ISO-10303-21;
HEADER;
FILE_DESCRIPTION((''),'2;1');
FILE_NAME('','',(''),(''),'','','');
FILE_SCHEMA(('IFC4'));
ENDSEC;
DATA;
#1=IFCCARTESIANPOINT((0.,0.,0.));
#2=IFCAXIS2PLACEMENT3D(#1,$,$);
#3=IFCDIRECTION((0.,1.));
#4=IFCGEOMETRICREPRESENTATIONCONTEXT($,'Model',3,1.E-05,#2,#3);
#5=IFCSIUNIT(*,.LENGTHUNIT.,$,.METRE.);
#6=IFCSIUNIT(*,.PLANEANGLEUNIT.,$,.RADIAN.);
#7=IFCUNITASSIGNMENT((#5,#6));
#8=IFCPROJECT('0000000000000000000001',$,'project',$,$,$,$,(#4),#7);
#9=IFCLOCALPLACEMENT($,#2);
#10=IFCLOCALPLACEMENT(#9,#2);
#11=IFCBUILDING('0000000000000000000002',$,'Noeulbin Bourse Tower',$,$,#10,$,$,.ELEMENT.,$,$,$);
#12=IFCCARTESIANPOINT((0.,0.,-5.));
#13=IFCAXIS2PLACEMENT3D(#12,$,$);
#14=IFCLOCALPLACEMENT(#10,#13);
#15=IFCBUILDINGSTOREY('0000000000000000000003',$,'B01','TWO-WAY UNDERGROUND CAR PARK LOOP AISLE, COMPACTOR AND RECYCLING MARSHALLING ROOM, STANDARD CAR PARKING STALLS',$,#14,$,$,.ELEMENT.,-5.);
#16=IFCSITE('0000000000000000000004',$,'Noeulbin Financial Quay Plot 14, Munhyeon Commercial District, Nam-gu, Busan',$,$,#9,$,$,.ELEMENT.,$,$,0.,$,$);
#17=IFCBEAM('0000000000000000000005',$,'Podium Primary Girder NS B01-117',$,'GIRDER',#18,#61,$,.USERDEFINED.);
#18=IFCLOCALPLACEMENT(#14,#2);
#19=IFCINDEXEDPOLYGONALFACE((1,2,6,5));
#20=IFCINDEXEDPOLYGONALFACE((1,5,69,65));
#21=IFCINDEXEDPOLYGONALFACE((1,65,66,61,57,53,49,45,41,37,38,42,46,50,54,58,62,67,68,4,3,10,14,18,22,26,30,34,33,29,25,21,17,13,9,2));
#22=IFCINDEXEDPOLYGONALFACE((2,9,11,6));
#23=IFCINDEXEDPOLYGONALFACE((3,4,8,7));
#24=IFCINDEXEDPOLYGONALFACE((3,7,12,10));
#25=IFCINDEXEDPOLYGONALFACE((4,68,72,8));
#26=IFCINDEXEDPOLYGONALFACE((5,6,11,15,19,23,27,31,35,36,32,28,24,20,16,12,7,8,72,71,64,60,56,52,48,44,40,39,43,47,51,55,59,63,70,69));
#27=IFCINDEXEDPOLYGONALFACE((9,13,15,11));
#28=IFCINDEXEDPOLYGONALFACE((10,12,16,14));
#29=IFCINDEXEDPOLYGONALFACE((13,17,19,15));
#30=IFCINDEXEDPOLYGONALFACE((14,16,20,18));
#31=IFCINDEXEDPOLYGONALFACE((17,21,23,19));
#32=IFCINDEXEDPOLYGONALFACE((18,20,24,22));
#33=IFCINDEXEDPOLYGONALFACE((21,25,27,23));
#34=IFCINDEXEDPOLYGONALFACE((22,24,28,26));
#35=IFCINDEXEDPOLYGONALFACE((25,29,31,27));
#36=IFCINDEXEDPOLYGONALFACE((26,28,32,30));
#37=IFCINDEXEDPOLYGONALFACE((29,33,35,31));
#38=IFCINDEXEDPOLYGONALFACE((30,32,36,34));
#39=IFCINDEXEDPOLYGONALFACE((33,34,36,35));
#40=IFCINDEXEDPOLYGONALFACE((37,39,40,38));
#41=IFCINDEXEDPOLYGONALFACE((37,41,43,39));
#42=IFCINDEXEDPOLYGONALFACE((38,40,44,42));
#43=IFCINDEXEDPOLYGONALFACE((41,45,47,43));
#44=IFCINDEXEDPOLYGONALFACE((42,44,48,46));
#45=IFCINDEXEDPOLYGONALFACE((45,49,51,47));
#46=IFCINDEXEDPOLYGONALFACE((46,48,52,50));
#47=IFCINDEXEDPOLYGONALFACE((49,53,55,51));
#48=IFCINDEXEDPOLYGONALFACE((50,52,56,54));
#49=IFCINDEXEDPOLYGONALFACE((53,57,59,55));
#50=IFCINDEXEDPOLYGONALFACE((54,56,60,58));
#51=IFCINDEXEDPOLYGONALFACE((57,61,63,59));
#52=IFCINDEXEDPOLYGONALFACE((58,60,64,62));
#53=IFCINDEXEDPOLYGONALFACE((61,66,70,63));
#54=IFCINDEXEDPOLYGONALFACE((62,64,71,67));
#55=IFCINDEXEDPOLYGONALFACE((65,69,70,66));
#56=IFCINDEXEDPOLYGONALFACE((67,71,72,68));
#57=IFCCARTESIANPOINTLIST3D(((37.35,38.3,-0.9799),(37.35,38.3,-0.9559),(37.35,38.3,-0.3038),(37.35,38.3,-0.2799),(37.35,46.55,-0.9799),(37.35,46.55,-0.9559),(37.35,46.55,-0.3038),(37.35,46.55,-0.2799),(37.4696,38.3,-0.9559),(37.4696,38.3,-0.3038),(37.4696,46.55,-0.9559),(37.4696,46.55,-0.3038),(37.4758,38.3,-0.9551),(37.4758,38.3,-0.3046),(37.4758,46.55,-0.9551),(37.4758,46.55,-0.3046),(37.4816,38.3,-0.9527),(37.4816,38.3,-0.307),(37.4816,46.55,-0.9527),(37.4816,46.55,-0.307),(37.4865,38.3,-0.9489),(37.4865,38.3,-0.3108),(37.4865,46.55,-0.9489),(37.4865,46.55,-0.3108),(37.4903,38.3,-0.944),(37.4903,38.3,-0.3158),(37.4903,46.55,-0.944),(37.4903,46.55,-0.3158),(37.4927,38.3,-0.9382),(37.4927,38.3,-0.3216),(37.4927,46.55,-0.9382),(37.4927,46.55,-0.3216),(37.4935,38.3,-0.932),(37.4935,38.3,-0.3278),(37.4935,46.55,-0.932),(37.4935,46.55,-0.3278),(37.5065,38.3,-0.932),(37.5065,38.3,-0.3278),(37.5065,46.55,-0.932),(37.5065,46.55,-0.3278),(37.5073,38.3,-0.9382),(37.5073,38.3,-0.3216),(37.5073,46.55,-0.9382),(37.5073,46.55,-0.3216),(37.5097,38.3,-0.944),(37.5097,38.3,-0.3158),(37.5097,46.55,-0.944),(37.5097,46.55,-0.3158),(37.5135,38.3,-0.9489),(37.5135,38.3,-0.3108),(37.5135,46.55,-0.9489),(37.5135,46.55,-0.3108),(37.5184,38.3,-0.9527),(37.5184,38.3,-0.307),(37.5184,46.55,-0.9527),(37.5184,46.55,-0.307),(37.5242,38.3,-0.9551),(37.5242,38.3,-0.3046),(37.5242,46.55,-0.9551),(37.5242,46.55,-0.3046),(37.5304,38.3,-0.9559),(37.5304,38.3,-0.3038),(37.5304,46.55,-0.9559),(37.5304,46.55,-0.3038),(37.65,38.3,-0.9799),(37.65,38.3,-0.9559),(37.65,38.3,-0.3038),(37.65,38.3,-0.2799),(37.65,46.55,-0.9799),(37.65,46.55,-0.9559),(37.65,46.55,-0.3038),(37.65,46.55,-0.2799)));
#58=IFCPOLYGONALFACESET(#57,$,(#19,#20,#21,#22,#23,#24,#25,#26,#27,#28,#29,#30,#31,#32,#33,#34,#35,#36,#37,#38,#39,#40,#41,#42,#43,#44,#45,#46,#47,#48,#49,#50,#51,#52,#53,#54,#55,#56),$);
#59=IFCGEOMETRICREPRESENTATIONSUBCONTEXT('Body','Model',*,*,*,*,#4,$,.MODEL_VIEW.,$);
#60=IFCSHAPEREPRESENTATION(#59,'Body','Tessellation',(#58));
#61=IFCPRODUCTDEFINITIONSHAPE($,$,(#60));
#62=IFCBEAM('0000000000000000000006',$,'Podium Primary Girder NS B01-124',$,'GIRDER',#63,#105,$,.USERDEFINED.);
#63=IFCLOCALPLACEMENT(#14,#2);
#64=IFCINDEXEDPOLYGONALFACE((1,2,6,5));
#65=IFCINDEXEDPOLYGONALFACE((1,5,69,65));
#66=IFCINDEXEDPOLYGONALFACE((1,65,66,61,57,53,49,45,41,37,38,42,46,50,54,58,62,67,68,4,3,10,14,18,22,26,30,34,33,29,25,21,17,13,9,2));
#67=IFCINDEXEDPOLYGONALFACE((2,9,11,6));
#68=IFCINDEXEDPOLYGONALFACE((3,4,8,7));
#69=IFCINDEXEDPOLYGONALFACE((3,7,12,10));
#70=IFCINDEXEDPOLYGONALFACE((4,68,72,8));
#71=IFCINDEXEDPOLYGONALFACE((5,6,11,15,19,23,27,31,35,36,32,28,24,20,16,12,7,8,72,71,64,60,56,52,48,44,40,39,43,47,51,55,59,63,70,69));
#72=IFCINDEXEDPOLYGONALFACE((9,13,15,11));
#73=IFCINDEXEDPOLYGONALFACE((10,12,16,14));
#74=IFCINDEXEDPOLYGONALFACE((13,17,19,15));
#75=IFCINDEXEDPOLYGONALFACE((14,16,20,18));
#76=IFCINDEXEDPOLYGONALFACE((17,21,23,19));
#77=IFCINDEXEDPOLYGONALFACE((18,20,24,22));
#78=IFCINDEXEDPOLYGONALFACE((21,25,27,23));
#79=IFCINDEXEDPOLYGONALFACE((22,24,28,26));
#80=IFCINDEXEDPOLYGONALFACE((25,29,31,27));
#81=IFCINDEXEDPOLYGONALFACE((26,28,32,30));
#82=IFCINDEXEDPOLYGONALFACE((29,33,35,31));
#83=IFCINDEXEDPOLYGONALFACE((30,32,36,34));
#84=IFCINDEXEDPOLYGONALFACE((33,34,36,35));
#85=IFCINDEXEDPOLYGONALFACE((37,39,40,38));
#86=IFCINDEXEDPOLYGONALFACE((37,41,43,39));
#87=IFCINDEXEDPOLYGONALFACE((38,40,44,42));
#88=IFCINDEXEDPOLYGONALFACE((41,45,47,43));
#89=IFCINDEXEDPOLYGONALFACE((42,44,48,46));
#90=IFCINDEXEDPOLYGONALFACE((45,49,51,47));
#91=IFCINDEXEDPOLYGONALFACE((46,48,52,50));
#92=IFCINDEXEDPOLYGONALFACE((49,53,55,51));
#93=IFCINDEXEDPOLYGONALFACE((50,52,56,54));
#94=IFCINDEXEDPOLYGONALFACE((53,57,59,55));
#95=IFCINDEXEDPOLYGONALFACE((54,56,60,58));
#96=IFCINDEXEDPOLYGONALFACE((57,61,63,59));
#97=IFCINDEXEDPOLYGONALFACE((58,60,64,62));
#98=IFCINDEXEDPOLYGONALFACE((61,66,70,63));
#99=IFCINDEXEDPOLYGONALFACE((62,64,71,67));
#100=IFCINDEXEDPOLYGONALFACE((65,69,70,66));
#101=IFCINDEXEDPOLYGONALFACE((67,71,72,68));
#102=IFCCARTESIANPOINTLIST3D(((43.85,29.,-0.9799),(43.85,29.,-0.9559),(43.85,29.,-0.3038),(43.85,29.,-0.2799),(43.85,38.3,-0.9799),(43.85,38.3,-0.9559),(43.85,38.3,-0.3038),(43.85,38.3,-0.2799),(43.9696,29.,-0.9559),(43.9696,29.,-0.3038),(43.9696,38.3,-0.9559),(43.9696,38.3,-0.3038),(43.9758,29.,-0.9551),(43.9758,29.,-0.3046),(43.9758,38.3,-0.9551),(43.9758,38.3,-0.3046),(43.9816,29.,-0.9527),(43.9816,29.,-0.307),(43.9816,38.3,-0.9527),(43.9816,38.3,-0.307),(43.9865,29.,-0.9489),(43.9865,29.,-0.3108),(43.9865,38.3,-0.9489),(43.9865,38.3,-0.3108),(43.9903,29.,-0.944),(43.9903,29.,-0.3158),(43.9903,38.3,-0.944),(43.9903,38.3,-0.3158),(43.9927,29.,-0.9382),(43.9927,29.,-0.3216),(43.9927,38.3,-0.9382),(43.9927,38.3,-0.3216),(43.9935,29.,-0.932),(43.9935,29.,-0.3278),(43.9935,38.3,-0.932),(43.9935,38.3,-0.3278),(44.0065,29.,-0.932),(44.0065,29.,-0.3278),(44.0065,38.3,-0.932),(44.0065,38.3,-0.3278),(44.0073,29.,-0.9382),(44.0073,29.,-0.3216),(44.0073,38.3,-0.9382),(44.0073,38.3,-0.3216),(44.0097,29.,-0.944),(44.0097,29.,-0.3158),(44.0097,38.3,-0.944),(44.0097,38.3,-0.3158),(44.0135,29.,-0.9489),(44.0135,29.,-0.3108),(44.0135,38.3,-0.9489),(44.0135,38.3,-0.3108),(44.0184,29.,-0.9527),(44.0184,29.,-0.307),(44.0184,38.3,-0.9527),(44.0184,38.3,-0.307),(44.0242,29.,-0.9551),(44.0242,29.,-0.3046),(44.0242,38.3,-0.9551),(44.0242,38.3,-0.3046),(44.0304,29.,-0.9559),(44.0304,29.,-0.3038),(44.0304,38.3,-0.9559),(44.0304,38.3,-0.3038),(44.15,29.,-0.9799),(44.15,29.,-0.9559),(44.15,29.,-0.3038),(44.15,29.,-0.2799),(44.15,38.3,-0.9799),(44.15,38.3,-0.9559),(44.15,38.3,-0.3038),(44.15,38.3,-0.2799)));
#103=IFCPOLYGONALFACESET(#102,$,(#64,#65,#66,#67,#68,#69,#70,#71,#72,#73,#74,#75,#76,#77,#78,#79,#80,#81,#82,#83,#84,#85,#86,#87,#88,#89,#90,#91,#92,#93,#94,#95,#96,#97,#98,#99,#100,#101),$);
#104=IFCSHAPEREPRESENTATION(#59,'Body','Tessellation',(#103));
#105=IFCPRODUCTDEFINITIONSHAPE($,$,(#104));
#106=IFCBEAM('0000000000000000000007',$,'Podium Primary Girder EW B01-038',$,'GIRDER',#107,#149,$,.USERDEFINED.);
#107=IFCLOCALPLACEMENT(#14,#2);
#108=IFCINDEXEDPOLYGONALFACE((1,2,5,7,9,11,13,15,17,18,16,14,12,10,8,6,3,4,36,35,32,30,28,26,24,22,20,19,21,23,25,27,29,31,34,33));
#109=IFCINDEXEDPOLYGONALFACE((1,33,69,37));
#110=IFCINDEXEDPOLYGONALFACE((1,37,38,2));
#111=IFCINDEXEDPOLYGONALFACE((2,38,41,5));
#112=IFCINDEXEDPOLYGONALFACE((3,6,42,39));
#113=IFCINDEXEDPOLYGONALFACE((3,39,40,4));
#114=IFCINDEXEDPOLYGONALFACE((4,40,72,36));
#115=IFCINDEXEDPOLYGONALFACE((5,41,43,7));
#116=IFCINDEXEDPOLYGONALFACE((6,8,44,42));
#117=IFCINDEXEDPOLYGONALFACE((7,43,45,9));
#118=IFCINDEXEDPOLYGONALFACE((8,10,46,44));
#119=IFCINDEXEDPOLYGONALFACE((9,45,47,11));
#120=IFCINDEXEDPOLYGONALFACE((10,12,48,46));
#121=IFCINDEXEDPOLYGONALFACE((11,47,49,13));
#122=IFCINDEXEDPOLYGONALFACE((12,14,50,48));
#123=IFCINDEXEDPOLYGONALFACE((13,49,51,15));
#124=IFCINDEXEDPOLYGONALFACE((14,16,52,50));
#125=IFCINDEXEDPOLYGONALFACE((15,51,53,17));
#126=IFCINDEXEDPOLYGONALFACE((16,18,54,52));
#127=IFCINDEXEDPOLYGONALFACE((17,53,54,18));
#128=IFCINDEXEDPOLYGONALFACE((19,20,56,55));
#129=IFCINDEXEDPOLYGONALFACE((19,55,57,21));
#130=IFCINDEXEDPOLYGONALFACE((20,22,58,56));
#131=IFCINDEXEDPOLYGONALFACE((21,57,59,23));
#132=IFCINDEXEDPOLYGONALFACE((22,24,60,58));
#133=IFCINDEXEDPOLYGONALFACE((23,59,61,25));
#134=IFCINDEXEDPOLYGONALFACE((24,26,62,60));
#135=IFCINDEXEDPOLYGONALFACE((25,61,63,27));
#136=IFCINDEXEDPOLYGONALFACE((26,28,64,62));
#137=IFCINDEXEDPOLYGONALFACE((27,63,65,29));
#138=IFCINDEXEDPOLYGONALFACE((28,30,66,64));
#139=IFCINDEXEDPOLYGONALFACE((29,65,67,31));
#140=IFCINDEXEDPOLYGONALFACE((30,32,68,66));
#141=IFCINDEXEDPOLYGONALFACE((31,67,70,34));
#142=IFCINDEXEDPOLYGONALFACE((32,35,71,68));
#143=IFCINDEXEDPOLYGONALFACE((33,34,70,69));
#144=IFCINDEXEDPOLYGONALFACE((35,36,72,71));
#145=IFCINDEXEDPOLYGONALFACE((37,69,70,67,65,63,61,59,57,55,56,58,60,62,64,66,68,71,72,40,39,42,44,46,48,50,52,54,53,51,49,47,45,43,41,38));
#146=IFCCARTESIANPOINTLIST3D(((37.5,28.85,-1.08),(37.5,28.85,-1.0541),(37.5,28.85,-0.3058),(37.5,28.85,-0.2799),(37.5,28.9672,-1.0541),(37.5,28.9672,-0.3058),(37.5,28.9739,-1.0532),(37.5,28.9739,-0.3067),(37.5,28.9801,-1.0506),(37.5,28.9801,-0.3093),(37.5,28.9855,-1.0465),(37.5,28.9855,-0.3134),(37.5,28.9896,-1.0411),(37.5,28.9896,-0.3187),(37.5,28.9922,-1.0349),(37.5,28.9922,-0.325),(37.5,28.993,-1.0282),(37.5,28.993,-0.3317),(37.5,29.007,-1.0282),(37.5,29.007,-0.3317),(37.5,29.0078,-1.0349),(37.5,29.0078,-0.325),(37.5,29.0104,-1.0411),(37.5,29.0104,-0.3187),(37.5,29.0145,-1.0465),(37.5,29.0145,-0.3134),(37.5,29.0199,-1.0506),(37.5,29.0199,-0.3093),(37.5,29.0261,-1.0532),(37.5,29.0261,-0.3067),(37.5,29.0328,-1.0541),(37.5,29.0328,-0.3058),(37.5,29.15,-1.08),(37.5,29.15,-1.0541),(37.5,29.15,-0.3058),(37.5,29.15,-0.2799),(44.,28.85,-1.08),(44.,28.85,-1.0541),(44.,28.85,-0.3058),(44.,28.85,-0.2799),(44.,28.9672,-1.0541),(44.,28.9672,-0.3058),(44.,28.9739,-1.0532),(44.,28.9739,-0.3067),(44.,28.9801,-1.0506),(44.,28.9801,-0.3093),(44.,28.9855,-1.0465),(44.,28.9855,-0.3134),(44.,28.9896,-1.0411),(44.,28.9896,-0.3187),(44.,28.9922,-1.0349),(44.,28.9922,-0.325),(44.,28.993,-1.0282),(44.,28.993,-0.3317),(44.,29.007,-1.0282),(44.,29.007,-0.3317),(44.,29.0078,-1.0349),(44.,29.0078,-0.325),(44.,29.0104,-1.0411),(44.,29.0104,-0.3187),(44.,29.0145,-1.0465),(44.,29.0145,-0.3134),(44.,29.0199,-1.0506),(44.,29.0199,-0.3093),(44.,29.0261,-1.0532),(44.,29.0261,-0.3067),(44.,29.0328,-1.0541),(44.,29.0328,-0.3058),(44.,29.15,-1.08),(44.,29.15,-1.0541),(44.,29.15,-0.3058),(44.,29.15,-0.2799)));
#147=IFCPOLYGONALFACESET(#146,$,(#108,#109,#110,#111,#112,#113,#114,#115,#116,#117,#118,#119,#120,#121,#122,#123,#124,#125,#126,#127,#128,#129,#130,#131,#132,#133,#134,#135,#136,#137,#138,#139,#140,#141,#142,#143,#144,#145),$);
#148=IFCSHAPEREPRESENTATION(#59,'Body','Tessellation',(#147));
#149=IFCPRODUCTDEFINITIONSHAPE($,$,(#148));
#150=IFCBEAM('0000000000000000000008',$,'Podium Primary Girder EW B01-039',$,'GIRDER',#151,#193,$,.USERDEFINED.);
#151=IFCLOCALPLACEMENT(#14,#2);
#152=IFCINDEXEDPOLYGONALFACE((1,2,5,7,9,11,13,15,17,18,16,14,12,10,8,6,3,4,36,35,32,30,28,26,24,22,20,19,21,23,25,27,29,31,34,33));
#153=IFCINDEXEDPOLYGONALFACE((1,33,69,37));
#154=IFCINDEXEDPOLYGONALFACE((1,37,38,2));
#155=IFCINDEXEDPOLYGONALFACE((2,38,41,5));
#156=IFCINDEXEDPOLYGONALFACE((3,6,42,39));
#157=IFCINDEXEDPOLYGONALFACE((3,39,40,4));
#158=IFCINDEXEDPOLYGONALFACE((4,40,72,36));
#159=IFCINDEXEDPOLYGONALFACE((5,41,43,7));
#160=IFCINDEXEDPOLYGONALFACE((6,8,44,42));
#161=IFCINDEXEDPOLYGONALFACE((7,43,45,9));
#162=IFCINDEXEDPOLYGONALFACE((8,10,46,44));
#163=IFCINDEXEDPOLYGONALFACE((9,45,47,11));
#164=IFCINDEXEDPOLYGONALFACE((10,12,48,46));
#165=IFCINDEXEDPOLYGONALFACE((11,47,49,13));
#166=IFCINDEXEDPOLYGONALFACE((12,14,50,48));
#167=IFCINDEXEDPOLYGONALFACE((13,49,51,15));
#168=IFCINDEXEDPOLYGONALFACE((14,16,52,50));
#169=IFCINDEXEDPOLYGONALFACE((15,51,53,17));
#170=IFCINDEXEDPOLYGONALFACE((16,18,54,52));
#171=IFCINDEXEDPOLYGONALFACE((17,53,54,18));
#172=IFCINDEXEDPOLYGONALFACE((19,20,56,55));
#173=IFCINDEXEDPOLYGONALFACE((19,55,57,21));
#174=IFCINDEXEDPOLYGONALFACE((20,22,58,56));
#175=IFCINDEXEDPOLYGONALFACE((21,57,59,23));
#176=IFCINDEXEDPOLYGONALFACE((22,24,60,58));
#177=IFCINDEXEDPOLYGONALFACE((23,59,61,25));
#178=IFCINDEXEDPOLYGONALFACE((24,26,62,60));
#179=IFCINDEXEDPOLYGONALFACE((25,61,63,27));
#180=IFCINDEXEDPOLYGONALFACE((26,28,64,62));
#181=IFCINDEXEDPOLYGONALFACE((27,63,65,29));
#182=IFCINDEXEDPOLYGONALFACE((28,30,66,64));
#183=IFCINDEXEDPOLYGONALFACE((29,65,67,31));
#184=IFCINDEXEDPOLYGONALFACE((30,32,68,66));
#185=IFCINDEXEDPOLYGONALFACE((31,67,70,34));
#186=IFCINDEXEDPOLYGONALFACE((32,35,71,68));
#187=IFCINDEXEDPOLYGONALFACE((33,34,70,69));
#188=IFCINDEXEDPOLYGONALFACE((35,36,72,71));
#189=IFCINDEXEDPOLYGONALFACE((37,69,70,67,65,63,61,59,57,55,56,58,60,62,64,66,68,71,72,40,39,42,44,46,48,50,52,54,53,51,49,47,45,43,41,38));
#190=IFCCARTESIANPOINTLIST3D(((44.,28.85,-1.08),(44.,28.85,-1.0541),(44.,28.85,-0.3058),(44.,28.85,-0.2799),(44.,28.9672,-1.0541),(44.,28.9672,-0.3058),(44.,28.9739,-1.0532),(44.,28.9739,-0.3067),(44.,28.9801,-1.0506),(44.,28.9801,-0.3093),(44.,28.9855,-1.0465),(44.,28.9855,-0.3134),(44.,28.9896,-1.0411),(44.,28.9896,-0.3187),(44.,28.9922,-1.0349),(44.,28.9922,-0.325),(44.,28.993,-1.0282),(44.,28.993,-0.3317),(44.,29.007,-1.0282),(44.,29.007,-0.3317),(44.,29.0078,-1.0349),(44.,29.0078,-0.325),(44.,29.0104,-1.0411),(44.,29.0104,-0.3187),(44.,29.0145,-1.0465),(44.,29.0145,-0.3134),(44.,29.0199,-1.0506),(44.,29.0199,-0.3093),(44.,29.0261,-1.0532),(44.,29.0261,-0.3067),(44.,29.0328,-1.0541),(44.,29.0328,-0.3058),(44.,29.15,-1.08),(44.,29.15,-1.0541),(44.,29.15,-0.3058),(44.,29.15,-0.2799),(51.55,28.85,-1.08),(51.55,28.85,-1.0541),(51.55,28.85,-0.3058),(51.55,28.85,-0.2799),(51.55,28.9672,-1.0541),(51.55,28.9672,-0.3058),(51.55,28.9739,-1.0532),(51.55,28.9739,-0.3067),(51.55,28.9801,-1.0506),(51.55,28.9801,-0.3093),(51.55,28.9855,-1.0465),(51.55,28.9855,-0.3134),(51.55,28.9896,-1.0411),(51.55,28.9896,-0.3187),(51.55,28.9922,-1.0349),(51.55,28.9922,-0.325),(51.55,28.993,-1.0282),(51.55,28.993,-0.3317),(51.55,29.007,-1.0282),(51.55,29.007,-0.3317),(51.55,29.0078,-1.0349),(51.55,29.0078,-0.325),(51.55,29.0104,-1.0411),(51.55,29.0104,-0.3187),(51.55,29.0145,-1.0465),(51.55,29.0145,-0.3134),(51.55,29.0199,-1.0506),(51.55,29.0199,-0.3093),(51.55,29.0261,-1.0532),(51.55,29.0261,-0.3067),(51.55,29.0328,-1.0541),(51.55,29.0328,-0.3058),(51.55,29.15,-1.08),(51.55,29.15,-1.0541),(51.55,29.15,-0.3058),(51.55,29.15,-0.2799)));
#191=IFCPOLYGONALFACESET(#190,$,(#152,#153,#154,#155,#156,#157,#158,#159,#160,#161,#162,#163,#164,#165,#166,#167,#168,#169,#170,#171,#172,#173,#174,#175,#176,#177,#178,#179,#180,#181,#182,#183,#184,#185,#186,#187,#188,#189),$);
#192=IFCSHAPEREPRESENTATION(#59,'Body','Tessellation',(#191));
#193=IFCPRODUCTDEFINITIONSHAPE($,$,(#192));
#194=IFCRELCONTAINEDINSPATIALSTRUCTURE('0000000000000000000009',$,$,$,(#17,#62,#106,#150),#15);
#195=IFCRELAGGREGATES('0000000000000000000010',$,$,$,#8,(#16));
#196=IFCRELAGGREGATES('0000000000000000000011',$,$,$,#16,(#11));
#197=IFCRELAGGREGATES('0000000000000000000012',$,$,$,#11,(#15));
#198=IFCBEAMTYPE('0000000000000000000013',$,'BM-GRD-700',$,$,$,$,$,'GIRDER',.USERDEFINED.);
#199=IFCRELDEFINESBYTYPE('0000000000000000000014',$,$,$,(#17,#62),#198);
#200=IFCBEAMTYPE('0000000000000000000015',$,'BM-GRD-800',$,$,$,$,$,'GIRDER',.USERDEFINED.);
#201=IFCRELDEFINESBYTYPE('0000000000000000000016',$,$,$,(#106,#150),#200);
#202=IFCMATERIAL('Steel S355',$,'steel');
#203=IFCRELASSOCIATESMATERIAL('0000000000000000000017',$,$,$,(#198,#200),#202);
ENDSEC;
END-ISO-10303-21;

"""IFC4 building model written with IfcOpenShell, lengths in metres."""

from ifc_helpers import new_model, si_unit, direction, frame, origin, origin_2d, place, context, subcontext, project, spatial, i_section, extrude, material, material_profile, profile_set, type_object, element, save


model = new_model("IFC4")

# Units and contexts
model_context = context("Model", 3, precision=1e-05, world=origin(), true_north=direction((0.0, 1.0)))
body_context = subcontext(model_context, "Body", "Model", "MODEL_VIEW")
ifc_project = project(units=[si_unit("LENGTHUNIT", "METRE"), si_unit("PLANEANGLEUNIT", "RADIAN")], contexts=[model_context])

# Site, building, storey
site_placement = place(None, origin())
site = spatial("IfcSite", under=ifc_project, at=site_placement, Name="Noeulbin Financial Quay Plot 14, Munhyeon Commercial District, Nam-gu, Busan", CompositionType="ELEMENT", RefElevation=0.0)
building_placement = place(site_placement, origin())
building = spatial("IfcBuilding", under=site, at=building_placement, Name="Noeulbin Bourse Tower", CompositionType="ELEMENT")
storey_placement = place(building_placement, frame((0.0, 0.0, -5.0)))
storey = spatial("IfcBuildingStorey", under=building, at=storey_placement, Name="B01", Description="TWO-WAY UNDERGROUND CAR PARK LOOP AISLE, COMPACTOR AND RECYCLING MARSHALLING ROOM, STANDARD CAR PARKING STALLS", CompositionType="ELEMENT", Elevation=-5.0)

# Beams
ifc_material_1 = material(Name="Steel S355", Category="steel")
ifc_material_profile_1 = material_profile(ifc_material_1, i_section(OverallWidth=0.3, OverallDepth=0.7, WebThickness=0.0129, FlangeThickness=0.0239, FilletRadius=0.0239, at=origin_2d()), Name="H-700x300x13x24", Category="LoadBearing")
ifc_profile_set_1 = profile_set([ifc_material_profile_1], Name="Steel S355")
beam_type_1 = type_object("IfcBeamType", Name="BM-GRD-700", ElementType="GIRDER", PredefinedType="USERDEFINED", material=ifc_profile_set_1)
beam_1_placement = place(storey_placement, frame((37.5, 38.3, -0.6299), z_axis=(0.0, 1.0, 0.0), x_axis=(-1.0, 0.0, 0.0)))
element("IfcBeam", 1, at=beam_1_placement, inside=storey, type_object=beam_type_1, Name="Podium Primary Girder NS B01-117", ObjectType="GIRDER", PredefinedType="USERDEFINED", context=body_context, shape_type="SweptSolid", body=[
    extrude(i_section(OverallWidth=0.3, OverallDepth=0.7, WebThickness=0.0129, FlangeThickness=0.0239, FilletRadius=0.0239, at=origin_2d()), origin(), (0.0, 0.0, 1.0), 8.25),
])
beam_2_placement = place(storey_placement, frame((44.0, 29.0, -0.6299), z_axis=(0.0, 1.0, 0.0), x_axis=(-1.0, 0.0, 0.0)))
element("IfcBeam", 2, at=beam_2_placement, inside=storey, type_object=beam_type_1, Name="Podium Primary Girder NS B01-124", ObjectType="GIRDER", PredefinedType="USERDEFINED", context=body_context, shape_type="SweptSolid", body=[
    extrude(i_section(OverallWidth=0.3, OverallDepth=0.7, WebThickness=0.0129, FlangeThickness=0.0239, FilletRadius=0.0239, at=origin_2d()), origin(), (0.0, 0.0, 1.0), 9.3),
])
ifc_material_profile_2 = material_profile(ifc_material_1, i_section(OverallWidth=0.3, OverallDepth=0.8, WebThickness=0.0139, FlangeThickness=0.0259, FilletRadius=0.0259, at=origin_2d()), Name="H-800x300x14x26", Category="LoadBearing")
ifc_profile_set_2 = profile_set([ifc_material_profile_2], Name="Steel S355")
beam_type_2 = type_object("IfcBeamType", Name="BM-GRD-800", ElementType="GIRDER", PredefinedType="USERDEFINED", material=ifc_profile_set_2)
beam_3_placement = place(storey_placement, frame((37.5, 29.0, -0.6799), z_axis=(1.0, 0.0, 0.0), x_axis=(0.0, 1.0, 0.0)))
element("IfcBeam", 3, at=beam_3_placement, inside=storey, type_object=beam_type_2, Name="Podium Primary Girder EW B01-038", ObjectType="GIRDER", PredefinedType="USERDEFINED", context=body_context, shape_type="SweptSolid", body=[
    extrude(i_section(OverallWidth=0.3, OverallDepth=0.8, WebThickness=0.0139, FlangeThickness=0.0259, FilletRadius=0.0259, at=origin_2d()), origin(), (0.0, 0.0, 1.0), 6.5),
])
beam_4_placement = place(storey_placement, frame((44.0, 29.0, -0.6799), z_axis=(1.0, 0.0, 0.0), x_axis=(0.0, 1.0, 0.0)))
element("IfcBeam", 4, at=beam_4_placement, inside=storey, type_object=beam_type_2, Name="Podium Primary Girder EW B01-039", ObjectType="GIRDER", PredefinedType="USERDEFINED", context=body_context, shape_type="SweptSolid", body=[
    extrude(i_section(OverallWidth=0.3, OverallDepth=0.8, WebThickness=0.0139, FlangeThickness=0.0259, FilletRadius=0.0259, at=origin_2d()), origin(), (0.0, 0.0, 1.0), 7.55),
])

save(model, "model.ifc")
